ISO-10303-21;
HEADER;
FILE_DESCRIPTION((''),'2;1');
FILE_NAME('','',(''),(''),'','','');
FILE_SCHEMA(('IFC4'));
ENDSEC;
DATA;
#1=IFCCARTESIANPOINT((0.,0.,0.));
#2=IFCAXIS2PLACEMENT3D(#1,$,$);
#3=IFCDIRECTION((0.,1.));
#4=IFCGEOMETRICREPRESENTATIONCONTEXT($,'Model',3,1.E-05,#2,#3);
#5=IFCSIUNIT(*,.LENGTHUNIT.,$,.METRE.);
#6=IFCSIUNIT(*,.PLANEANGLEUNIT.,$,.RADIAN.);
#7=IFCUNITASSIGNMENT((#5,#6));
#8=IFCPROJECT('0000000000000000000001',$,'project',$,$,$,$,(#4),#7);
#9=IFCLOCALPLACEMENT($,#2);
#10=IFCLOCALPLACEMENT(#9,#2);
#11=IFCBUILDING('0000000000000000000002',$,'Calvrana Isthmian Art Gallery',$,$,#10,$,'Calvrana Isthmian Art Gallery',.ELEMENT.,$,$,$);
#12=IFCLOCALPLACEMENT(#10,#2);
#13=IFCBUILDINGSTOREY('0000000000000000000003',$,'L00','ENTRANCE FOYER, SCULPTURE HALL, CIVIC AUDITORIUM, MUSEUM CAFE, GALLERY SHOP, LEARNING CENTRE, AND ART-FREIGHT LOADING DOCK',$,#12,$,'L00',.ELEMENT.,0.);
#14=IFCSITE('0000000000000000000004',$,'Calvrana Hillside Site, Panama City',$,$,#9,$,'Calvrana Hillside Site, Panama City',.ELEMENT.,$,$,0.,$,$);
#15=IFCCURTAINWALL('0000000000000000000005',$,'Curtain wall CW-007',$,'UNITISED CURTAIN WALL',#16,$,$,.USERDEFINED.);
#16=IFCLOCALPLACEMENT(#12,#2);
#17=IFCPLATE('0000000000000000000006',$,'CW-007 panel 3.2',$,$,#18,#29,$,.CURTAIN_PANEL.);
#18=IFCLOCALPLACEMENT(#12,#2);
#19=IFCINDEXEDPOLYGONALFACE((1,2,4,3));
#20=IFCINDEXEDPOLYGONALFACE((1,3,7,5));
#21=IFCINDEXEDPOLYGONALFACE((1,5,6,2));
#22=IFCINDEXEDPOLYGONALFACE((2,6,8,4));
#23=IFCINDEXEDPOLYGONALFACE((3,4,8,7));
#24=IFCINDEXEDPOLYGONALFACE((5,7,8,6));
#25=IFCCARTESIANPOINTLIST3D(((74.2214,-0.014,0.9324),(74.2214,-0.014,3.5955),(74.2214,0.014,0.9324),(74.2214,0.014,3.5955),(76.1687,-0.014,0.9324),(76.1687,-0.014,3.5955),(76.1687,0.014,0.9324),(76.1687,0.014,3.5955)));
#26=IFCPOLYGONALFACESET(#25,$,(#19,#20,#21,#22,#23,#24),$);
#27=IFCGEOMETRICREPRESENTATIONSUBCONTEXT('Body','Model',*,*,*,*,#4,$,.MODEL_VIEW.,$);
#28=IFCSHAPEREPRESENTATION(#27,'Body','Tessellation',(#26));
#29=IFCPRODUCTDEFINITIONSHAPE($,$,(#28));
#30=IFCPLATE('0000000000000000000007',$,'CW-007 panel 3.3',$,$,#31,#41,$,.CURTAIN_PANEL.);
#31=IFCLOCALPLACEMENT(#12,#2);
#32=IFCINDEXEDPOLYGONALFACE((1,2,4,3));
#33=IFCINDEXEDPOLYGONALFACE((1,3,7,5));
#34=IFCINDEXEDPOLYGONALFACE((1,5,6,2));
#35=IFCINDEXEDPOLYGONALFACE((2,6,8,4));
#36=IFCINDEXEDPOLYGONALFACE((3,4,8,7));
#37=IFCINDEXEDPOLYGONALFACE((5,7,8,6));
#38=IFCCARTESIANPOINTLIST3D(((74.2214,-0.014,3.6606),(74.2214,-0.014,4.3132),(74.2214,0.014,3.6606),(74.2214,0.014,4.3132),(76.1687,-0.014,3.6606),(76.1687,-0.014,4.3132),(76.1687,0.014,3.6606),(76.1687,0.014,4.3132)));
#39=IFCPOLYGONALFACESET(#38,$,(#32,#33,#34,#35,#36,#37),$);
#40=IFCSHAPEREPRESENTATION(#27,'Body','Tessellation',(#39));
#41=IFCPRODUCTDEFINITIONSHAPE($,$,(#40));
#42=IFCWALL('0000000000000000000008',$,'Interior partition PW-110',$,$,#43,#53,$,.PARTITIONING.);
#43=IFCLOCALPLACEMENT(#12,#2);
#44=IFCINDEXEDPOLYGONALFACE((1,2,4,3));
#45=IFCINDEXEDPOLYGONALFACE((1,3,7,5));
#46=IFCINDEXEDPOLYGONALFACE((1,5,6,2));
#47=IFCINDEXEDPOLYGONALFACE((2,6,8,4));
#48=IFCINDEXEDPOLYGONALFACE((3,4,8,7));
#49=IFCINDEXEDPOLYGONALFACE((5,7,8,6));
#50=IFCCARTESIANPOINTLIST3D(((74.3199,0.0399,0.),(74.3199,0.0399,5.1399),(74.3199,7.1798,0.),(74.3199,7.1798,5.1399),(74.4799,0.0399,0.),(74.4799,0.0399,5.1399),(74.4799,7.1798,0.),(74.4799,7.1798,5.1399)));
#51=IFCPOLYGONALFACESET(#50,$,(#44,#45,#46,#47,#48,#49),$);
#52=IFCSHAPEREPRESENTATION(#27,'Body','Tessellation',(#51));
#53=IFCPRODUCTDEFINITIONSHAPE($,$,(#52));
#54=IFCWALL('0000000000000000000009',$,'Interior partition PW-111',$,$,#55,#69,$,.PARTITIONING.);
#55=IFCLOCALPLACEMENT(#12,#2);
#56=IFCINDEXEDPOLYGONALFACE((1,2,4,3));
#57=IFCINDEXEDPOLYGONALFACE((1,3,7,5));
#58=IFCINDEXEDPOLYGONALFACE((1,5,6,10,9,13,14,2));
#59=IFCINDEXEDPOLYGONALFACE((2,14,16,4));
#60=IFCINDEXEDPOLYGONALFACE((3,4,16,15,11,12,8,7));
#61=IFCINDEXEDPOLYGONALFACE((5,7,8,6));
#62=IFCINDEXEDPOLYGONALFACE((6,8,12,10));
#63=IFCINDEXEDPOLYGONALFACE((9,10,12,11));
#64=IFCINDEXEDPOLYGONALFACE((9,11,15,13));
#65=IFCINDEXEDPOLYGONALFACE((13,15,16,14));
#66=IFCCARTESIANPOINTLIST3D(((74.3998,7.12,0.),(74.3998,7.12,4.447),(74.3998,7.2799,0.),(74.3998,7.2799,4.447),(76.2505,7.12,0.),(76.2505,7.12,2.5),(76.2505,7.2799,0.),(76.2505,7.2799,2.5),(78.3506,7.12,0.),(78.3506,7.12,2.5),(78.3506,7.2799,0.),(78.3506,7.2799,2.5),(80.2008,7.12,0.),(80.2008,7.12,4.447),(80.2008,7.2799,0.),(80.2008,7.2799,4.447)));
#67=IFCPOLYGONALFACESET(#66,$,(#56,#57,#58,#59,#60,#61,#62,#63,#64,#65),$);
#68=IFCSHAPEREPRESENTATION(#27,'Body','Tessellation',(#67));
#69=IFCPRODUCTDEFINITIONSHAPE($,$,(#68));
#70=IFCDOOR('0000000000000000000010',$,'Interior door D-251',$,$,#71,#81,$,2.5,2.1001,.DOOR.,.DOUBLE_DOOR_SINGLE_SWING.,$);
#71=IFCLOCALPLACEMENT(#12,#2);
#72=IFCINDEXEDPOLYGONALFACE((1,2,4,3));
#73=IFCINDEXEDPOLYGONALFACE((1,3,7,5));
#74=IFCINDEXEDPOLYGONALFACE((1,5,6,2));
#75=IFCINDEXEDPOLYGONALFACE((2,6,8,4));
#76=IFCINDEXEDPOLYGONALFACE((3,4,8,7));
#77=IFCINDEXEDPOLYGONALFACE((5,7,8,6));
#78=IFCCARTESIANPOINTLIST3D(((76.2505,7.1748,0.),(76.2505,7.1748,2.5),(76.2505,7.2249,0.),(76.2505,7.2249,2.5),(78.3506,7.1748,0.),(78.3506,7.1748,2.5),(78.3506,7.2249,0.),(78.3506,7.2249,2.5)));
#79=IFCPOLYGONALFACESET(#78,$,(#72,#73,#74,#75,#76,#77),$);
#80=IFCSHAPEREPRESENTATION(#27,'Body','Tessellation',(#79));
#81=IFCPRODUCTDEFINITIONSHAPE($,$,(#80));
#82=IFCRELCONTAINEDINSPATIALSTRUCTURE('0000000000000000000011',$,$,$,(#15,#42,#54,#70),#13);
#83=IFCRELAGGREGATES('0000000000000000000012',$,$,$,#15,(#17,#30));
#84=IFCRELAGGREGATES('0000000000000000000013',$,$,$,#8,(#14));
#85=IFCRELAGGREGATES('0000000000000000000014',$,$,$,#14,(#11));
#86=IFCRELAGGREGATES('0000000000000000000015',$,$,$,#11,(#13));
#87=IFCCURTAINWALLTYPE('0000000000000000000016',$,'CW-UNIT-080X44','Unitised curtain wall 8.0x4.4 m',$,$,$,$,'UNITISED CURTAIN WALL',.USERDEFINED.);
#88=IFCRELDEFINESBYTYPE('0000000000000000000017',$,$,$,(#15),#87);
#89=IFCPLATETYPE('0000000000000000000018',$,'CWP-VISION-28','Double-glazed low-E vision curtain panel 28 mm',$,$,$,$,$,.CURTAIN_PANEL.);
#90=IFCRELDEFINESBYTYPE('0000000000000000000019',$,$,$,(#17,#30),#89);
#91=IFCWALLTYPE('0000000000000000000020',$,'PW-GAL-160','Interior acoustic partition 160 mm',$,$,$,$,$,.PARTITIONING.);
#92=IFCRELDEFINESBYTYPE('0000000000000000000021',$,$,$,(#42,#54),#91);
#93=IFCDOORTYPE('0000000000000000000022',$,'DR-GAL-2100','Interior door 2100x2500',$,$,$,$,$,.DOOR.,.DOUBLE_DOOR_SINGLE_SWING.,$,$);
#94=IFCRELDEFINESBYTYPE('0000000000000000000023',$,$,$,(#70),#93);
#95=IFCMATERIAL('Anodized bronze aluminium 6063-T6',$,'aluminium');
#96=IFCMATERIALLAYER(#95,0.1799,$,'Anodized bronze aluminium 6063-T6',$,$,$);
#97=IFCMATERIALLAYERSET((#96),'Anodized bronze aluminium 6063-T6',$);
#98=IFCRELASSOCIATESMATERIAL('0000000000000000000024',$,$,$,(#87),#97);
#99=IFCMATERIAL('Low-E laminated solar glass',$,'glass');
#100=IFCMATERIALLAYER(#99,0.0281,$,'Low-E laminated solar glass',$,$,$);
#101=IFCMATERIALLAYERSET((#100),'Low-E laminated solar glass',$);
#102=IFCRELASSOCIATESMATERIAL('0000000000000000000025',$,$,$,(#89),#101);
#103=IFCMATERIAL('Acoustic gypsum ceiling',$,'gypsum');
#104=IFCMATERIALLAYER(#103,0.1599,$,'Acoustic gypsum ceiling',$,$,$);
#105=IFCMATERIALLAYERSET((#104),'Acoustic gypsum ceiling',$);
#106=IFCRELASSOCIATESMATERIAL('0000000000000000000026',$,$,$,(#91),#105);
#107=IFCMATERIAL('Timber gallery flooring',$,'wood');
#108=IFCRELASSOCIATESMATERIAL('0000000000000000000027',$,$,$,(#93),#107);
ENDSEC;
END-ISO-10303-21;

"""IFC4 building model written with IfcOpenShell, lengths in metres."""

from ifc_helpers import new_model, si_unit, direction, frame, frame_2d, origin, origin_2d, place, context, subcontext, project, spatial, rectangle, extrude, material, layer, layer_set, type_object, element, fill, aggregate, save


model = new_model("IFC4")

# Units and contexts
model_context = context("Model", 3, precision=1e-05, world=origin(), true_north=direction((0.0, 1.0)))
body_context = subcontext(model_context, "Body", "Model", "MODEL_VIEW")
ifc_project = project(units=[si_unit("LENGTHUNIT", "METRE"), si_unit("PLANEANGLEUNIT", "RADIAN")], contexts=[model_context])

# Site, building, storey
site_placement = place(None, origin())
site = spatial("IfcSite", under=ifc_project, at=site_placement, Name="Calvrana Hillside Site, Panama City", LongName="Calvrana Hillside Site, Panama City", CompositionType="ELEMENT", RefElevation=0.0)
building_placement = place(site_placement, origin())
building = spatial("IfcBuilding", under=site, at=building_placement, Name="Calvrana Isthmian Art Gallery", LongName="Calvrana Isthmian Art Gallery", CompositionType="ELEMENT")
storey_placement = place(building_placement, origin())
storey = spatial("IfcBuildingStorey", under=building, at=storey_placement, Name="L00", Description="ENTRANCE FOYER, SCULPTURE HALL, CIVIC AUDITORIUM, MUSEUM CAFE, GALLERY SHOP, LEARNING CENTRE, AND ART-FREIGHT LOADING DOCK", LongName="L00", CompositionType="ELEMENT", Elevation=0.0)

# Curtain wall, plates
ifc_material_1 = material(Name="Anodized bronze aluminium 6063-T6", Category="aluminium")
ifc_layer_1 = layer(ifc_material_1, 0.1799, Name="Anodized bronze aluminium 6063-T6")
ifc_layer_set_1 = layer_set([ifc_layer_1], Name="Anodized bronze aluminium 6063-T6")
curtain_wall_type = type_object("IfcCurtainWallType", Name="CW-UNIT-080X44", Description="Unitised curtain wall 8.0x4.4 m", ElementType="UNITISED CURTAIN WALL", PredefinedType="USERDEFINED", material=ifc_layer_set_1)
curtain_wall_placement = place(storey_placement, origin())
curtain_wall = element("IfcCurtainWall", 1, at=curtain_wall_placement, inside=storey, type_object=curtain_wall_type, Name="Curtain wall CW-007", ObjectType="UNITISED CURTAIN WALL", PredefinedType="USERDEFINED")
ifc_material_2 = material(Name="Low-E laminated solar glass", Category="glass")
ifc_layer_2 = layer(ifc_material_2, 0.0281, Name="Low-E laminated solar glass")
ifc_layer_set_2 = layer_set([ifc_layer_2], Name="Low-E laminated solar glass")
plate_type = type_object("IfcPlateType", Name="CWP-VISION-28", Description="Double-glazed low-E vision curtain panel 28 mm", PredefinedType="CURTAIN_PANEL", material=ifc_layer_set_2)
plate_1_placement = place(storey_placement, frame((75.1951, 0.0, 0.9324), z_axis=(0.0, 0.0, 1.0), x_axis=(-1.0, 0.0, 0.0)))
plate_1 = element("IfcPlate", 2, at=plate_1_placement, type_object=plate_type, Name="CW-007 panel 3.2", PredefinedType="CURTAIN_PANEL", context=body_context, shape_type="SweptSolid", body=[
    extrude(rectangle(XDim=1.9473, YDim=0.0281, at=origin_2d()), origin(), (0.0, 0.0, 1.0), 2.6631),
])
plate_2_placement = place(storey_placement, frame((75.1951, 0.0, 3.6606), z_axis=(0.0, 0.0, 1.0), x_axis=(-1.0, 0.0, 0.0)))
plate_2 = element("IfcPlate", 3, at=plate_2_placement, type_object=plate_type, Name="CW-007 panel 3.3", PredefinedType="CURTAIN_PANEL", context=body_context, shape_type="SweptSolid", body=[
    extrude(rectangle(XDim=1.9473, YDim=0.0281, at=origin_2d()), origin(), (0.0, 0.0, 1.0), 0.6526),
])
aggregate(curtain_wall, [plate_1, plate_2])

# Wall
ifc_material_3 = material(Name="Acoustic gypsum ceiling", Category="gypsum")
ifc_layer_3 = layer(ifc_material_3, 0.1599, Name="Acoustic gypsum ceiling")
ifc_layer_set_3 = layer_set([ifc_layer_3], Name="Acoustic gypsum ceiling")
wall_type = type_object("IfcWallType", Name="PW-GAL-160", Description="Interior acoustic partition 160 mm", PredefinedType="PARTITIONING", material=ifc_layer_set_3)
wall_1_placement = place(storey_placement, frame((74.3999, 0.04, 0.0), z_axis=(0.0, 0.0, 1.0), x_axis=(0.0, 1.0, 0.0)))
element("IfcWall", 4, at=wall_1_placement, inside=storey, type_object=wall_type, Name="Interior partition PW-110", PredefinedType="PARTITIONING", context=body_context, shape_type="SweptSolid", body=[
    extrude(rectangle(XDim=7.1399, YDim=0.1599, at=frame_2d((3.5698, 0.0))), origin(), (0.0, 0.0, 1.0), 5.1399),
])

# Wall, opening, door
wall_2_placement = place(storey_placement, frame((74.3999, 7.2, 0.0), z_axis=(0.0, 0.0, 1.0), x_axis=(1.0, 0.0, 0.0)))
wall_2 = element("IfcWall", 5, at=wall_2_placement, inside=storey, type_object=wall_type, Name="Interior partition PW-111", PredefinedType="PARTITIONING", context=body_context, shape_type="SweptSolid", body=[
    extrude(rectangle(XDim=5.801, YDim=0.1599, at=frame_2d((2.9004, 0.0))), origin(), (0.0, 0.0, 1.0), 4.447),
])
opening_placement = place(wall_2_placement, frame((1.8506, 0.0, 0.0)))
opening = element("IfcOpeningElement", 6, at=opening_placement, cuts=wall_2, PredefinedType="OPENING", context=body_context, shape_type="SweptSolid", body=[
    extrude(rectangle(XDim=2.1001, YDim=2.5, at=frame_2d((1.05, 1.25))), frame((0.0, 0.0903, 0.0), z_axis=(0.0, -1.0, 0.0), x_axis=(1.0, 0.0, 0.0)), (0.0, 0.0, 1.0), 0.1804),
])
ifc_material_4 = material(Name="Timber gallery flooring", Category="wood")
door_type = type_object("IfcDoorType", Name="DR-GAL-2100", Description="Interior door 2100x2500", OperationType="DOUBLE_DOOR_SINGLE_SWING", PredefinedType="DOOR", material=ifc_material_4)
door_placement = place(opening_placement, origin())
door = element("IfcDoor", 7, at=door_placement, inside=storey, type_object=door_type, Name="Interior door D-251", OperationType="DOUBLE_DOOR_SINGLE_SWING", OverallHeight=2.5, OverallWidth=2.1001, PredefinedType="DOOR", context=body_context, shape_type="SweptSolid", body=[
    extrude(rectangle(XDim=2.1001, YDim=2.5, at=frame_2d((1.05, 1.25))), frame((0.0, 0.0249, 0.0), z_axis=(0.0, -1.0, 0.0), x_axis=(1.0, 0.0, 0.0)), (0.0, 0.0, 1.0), 0.05),
])
fill(opening, door)

save(model, "model.ifc")
